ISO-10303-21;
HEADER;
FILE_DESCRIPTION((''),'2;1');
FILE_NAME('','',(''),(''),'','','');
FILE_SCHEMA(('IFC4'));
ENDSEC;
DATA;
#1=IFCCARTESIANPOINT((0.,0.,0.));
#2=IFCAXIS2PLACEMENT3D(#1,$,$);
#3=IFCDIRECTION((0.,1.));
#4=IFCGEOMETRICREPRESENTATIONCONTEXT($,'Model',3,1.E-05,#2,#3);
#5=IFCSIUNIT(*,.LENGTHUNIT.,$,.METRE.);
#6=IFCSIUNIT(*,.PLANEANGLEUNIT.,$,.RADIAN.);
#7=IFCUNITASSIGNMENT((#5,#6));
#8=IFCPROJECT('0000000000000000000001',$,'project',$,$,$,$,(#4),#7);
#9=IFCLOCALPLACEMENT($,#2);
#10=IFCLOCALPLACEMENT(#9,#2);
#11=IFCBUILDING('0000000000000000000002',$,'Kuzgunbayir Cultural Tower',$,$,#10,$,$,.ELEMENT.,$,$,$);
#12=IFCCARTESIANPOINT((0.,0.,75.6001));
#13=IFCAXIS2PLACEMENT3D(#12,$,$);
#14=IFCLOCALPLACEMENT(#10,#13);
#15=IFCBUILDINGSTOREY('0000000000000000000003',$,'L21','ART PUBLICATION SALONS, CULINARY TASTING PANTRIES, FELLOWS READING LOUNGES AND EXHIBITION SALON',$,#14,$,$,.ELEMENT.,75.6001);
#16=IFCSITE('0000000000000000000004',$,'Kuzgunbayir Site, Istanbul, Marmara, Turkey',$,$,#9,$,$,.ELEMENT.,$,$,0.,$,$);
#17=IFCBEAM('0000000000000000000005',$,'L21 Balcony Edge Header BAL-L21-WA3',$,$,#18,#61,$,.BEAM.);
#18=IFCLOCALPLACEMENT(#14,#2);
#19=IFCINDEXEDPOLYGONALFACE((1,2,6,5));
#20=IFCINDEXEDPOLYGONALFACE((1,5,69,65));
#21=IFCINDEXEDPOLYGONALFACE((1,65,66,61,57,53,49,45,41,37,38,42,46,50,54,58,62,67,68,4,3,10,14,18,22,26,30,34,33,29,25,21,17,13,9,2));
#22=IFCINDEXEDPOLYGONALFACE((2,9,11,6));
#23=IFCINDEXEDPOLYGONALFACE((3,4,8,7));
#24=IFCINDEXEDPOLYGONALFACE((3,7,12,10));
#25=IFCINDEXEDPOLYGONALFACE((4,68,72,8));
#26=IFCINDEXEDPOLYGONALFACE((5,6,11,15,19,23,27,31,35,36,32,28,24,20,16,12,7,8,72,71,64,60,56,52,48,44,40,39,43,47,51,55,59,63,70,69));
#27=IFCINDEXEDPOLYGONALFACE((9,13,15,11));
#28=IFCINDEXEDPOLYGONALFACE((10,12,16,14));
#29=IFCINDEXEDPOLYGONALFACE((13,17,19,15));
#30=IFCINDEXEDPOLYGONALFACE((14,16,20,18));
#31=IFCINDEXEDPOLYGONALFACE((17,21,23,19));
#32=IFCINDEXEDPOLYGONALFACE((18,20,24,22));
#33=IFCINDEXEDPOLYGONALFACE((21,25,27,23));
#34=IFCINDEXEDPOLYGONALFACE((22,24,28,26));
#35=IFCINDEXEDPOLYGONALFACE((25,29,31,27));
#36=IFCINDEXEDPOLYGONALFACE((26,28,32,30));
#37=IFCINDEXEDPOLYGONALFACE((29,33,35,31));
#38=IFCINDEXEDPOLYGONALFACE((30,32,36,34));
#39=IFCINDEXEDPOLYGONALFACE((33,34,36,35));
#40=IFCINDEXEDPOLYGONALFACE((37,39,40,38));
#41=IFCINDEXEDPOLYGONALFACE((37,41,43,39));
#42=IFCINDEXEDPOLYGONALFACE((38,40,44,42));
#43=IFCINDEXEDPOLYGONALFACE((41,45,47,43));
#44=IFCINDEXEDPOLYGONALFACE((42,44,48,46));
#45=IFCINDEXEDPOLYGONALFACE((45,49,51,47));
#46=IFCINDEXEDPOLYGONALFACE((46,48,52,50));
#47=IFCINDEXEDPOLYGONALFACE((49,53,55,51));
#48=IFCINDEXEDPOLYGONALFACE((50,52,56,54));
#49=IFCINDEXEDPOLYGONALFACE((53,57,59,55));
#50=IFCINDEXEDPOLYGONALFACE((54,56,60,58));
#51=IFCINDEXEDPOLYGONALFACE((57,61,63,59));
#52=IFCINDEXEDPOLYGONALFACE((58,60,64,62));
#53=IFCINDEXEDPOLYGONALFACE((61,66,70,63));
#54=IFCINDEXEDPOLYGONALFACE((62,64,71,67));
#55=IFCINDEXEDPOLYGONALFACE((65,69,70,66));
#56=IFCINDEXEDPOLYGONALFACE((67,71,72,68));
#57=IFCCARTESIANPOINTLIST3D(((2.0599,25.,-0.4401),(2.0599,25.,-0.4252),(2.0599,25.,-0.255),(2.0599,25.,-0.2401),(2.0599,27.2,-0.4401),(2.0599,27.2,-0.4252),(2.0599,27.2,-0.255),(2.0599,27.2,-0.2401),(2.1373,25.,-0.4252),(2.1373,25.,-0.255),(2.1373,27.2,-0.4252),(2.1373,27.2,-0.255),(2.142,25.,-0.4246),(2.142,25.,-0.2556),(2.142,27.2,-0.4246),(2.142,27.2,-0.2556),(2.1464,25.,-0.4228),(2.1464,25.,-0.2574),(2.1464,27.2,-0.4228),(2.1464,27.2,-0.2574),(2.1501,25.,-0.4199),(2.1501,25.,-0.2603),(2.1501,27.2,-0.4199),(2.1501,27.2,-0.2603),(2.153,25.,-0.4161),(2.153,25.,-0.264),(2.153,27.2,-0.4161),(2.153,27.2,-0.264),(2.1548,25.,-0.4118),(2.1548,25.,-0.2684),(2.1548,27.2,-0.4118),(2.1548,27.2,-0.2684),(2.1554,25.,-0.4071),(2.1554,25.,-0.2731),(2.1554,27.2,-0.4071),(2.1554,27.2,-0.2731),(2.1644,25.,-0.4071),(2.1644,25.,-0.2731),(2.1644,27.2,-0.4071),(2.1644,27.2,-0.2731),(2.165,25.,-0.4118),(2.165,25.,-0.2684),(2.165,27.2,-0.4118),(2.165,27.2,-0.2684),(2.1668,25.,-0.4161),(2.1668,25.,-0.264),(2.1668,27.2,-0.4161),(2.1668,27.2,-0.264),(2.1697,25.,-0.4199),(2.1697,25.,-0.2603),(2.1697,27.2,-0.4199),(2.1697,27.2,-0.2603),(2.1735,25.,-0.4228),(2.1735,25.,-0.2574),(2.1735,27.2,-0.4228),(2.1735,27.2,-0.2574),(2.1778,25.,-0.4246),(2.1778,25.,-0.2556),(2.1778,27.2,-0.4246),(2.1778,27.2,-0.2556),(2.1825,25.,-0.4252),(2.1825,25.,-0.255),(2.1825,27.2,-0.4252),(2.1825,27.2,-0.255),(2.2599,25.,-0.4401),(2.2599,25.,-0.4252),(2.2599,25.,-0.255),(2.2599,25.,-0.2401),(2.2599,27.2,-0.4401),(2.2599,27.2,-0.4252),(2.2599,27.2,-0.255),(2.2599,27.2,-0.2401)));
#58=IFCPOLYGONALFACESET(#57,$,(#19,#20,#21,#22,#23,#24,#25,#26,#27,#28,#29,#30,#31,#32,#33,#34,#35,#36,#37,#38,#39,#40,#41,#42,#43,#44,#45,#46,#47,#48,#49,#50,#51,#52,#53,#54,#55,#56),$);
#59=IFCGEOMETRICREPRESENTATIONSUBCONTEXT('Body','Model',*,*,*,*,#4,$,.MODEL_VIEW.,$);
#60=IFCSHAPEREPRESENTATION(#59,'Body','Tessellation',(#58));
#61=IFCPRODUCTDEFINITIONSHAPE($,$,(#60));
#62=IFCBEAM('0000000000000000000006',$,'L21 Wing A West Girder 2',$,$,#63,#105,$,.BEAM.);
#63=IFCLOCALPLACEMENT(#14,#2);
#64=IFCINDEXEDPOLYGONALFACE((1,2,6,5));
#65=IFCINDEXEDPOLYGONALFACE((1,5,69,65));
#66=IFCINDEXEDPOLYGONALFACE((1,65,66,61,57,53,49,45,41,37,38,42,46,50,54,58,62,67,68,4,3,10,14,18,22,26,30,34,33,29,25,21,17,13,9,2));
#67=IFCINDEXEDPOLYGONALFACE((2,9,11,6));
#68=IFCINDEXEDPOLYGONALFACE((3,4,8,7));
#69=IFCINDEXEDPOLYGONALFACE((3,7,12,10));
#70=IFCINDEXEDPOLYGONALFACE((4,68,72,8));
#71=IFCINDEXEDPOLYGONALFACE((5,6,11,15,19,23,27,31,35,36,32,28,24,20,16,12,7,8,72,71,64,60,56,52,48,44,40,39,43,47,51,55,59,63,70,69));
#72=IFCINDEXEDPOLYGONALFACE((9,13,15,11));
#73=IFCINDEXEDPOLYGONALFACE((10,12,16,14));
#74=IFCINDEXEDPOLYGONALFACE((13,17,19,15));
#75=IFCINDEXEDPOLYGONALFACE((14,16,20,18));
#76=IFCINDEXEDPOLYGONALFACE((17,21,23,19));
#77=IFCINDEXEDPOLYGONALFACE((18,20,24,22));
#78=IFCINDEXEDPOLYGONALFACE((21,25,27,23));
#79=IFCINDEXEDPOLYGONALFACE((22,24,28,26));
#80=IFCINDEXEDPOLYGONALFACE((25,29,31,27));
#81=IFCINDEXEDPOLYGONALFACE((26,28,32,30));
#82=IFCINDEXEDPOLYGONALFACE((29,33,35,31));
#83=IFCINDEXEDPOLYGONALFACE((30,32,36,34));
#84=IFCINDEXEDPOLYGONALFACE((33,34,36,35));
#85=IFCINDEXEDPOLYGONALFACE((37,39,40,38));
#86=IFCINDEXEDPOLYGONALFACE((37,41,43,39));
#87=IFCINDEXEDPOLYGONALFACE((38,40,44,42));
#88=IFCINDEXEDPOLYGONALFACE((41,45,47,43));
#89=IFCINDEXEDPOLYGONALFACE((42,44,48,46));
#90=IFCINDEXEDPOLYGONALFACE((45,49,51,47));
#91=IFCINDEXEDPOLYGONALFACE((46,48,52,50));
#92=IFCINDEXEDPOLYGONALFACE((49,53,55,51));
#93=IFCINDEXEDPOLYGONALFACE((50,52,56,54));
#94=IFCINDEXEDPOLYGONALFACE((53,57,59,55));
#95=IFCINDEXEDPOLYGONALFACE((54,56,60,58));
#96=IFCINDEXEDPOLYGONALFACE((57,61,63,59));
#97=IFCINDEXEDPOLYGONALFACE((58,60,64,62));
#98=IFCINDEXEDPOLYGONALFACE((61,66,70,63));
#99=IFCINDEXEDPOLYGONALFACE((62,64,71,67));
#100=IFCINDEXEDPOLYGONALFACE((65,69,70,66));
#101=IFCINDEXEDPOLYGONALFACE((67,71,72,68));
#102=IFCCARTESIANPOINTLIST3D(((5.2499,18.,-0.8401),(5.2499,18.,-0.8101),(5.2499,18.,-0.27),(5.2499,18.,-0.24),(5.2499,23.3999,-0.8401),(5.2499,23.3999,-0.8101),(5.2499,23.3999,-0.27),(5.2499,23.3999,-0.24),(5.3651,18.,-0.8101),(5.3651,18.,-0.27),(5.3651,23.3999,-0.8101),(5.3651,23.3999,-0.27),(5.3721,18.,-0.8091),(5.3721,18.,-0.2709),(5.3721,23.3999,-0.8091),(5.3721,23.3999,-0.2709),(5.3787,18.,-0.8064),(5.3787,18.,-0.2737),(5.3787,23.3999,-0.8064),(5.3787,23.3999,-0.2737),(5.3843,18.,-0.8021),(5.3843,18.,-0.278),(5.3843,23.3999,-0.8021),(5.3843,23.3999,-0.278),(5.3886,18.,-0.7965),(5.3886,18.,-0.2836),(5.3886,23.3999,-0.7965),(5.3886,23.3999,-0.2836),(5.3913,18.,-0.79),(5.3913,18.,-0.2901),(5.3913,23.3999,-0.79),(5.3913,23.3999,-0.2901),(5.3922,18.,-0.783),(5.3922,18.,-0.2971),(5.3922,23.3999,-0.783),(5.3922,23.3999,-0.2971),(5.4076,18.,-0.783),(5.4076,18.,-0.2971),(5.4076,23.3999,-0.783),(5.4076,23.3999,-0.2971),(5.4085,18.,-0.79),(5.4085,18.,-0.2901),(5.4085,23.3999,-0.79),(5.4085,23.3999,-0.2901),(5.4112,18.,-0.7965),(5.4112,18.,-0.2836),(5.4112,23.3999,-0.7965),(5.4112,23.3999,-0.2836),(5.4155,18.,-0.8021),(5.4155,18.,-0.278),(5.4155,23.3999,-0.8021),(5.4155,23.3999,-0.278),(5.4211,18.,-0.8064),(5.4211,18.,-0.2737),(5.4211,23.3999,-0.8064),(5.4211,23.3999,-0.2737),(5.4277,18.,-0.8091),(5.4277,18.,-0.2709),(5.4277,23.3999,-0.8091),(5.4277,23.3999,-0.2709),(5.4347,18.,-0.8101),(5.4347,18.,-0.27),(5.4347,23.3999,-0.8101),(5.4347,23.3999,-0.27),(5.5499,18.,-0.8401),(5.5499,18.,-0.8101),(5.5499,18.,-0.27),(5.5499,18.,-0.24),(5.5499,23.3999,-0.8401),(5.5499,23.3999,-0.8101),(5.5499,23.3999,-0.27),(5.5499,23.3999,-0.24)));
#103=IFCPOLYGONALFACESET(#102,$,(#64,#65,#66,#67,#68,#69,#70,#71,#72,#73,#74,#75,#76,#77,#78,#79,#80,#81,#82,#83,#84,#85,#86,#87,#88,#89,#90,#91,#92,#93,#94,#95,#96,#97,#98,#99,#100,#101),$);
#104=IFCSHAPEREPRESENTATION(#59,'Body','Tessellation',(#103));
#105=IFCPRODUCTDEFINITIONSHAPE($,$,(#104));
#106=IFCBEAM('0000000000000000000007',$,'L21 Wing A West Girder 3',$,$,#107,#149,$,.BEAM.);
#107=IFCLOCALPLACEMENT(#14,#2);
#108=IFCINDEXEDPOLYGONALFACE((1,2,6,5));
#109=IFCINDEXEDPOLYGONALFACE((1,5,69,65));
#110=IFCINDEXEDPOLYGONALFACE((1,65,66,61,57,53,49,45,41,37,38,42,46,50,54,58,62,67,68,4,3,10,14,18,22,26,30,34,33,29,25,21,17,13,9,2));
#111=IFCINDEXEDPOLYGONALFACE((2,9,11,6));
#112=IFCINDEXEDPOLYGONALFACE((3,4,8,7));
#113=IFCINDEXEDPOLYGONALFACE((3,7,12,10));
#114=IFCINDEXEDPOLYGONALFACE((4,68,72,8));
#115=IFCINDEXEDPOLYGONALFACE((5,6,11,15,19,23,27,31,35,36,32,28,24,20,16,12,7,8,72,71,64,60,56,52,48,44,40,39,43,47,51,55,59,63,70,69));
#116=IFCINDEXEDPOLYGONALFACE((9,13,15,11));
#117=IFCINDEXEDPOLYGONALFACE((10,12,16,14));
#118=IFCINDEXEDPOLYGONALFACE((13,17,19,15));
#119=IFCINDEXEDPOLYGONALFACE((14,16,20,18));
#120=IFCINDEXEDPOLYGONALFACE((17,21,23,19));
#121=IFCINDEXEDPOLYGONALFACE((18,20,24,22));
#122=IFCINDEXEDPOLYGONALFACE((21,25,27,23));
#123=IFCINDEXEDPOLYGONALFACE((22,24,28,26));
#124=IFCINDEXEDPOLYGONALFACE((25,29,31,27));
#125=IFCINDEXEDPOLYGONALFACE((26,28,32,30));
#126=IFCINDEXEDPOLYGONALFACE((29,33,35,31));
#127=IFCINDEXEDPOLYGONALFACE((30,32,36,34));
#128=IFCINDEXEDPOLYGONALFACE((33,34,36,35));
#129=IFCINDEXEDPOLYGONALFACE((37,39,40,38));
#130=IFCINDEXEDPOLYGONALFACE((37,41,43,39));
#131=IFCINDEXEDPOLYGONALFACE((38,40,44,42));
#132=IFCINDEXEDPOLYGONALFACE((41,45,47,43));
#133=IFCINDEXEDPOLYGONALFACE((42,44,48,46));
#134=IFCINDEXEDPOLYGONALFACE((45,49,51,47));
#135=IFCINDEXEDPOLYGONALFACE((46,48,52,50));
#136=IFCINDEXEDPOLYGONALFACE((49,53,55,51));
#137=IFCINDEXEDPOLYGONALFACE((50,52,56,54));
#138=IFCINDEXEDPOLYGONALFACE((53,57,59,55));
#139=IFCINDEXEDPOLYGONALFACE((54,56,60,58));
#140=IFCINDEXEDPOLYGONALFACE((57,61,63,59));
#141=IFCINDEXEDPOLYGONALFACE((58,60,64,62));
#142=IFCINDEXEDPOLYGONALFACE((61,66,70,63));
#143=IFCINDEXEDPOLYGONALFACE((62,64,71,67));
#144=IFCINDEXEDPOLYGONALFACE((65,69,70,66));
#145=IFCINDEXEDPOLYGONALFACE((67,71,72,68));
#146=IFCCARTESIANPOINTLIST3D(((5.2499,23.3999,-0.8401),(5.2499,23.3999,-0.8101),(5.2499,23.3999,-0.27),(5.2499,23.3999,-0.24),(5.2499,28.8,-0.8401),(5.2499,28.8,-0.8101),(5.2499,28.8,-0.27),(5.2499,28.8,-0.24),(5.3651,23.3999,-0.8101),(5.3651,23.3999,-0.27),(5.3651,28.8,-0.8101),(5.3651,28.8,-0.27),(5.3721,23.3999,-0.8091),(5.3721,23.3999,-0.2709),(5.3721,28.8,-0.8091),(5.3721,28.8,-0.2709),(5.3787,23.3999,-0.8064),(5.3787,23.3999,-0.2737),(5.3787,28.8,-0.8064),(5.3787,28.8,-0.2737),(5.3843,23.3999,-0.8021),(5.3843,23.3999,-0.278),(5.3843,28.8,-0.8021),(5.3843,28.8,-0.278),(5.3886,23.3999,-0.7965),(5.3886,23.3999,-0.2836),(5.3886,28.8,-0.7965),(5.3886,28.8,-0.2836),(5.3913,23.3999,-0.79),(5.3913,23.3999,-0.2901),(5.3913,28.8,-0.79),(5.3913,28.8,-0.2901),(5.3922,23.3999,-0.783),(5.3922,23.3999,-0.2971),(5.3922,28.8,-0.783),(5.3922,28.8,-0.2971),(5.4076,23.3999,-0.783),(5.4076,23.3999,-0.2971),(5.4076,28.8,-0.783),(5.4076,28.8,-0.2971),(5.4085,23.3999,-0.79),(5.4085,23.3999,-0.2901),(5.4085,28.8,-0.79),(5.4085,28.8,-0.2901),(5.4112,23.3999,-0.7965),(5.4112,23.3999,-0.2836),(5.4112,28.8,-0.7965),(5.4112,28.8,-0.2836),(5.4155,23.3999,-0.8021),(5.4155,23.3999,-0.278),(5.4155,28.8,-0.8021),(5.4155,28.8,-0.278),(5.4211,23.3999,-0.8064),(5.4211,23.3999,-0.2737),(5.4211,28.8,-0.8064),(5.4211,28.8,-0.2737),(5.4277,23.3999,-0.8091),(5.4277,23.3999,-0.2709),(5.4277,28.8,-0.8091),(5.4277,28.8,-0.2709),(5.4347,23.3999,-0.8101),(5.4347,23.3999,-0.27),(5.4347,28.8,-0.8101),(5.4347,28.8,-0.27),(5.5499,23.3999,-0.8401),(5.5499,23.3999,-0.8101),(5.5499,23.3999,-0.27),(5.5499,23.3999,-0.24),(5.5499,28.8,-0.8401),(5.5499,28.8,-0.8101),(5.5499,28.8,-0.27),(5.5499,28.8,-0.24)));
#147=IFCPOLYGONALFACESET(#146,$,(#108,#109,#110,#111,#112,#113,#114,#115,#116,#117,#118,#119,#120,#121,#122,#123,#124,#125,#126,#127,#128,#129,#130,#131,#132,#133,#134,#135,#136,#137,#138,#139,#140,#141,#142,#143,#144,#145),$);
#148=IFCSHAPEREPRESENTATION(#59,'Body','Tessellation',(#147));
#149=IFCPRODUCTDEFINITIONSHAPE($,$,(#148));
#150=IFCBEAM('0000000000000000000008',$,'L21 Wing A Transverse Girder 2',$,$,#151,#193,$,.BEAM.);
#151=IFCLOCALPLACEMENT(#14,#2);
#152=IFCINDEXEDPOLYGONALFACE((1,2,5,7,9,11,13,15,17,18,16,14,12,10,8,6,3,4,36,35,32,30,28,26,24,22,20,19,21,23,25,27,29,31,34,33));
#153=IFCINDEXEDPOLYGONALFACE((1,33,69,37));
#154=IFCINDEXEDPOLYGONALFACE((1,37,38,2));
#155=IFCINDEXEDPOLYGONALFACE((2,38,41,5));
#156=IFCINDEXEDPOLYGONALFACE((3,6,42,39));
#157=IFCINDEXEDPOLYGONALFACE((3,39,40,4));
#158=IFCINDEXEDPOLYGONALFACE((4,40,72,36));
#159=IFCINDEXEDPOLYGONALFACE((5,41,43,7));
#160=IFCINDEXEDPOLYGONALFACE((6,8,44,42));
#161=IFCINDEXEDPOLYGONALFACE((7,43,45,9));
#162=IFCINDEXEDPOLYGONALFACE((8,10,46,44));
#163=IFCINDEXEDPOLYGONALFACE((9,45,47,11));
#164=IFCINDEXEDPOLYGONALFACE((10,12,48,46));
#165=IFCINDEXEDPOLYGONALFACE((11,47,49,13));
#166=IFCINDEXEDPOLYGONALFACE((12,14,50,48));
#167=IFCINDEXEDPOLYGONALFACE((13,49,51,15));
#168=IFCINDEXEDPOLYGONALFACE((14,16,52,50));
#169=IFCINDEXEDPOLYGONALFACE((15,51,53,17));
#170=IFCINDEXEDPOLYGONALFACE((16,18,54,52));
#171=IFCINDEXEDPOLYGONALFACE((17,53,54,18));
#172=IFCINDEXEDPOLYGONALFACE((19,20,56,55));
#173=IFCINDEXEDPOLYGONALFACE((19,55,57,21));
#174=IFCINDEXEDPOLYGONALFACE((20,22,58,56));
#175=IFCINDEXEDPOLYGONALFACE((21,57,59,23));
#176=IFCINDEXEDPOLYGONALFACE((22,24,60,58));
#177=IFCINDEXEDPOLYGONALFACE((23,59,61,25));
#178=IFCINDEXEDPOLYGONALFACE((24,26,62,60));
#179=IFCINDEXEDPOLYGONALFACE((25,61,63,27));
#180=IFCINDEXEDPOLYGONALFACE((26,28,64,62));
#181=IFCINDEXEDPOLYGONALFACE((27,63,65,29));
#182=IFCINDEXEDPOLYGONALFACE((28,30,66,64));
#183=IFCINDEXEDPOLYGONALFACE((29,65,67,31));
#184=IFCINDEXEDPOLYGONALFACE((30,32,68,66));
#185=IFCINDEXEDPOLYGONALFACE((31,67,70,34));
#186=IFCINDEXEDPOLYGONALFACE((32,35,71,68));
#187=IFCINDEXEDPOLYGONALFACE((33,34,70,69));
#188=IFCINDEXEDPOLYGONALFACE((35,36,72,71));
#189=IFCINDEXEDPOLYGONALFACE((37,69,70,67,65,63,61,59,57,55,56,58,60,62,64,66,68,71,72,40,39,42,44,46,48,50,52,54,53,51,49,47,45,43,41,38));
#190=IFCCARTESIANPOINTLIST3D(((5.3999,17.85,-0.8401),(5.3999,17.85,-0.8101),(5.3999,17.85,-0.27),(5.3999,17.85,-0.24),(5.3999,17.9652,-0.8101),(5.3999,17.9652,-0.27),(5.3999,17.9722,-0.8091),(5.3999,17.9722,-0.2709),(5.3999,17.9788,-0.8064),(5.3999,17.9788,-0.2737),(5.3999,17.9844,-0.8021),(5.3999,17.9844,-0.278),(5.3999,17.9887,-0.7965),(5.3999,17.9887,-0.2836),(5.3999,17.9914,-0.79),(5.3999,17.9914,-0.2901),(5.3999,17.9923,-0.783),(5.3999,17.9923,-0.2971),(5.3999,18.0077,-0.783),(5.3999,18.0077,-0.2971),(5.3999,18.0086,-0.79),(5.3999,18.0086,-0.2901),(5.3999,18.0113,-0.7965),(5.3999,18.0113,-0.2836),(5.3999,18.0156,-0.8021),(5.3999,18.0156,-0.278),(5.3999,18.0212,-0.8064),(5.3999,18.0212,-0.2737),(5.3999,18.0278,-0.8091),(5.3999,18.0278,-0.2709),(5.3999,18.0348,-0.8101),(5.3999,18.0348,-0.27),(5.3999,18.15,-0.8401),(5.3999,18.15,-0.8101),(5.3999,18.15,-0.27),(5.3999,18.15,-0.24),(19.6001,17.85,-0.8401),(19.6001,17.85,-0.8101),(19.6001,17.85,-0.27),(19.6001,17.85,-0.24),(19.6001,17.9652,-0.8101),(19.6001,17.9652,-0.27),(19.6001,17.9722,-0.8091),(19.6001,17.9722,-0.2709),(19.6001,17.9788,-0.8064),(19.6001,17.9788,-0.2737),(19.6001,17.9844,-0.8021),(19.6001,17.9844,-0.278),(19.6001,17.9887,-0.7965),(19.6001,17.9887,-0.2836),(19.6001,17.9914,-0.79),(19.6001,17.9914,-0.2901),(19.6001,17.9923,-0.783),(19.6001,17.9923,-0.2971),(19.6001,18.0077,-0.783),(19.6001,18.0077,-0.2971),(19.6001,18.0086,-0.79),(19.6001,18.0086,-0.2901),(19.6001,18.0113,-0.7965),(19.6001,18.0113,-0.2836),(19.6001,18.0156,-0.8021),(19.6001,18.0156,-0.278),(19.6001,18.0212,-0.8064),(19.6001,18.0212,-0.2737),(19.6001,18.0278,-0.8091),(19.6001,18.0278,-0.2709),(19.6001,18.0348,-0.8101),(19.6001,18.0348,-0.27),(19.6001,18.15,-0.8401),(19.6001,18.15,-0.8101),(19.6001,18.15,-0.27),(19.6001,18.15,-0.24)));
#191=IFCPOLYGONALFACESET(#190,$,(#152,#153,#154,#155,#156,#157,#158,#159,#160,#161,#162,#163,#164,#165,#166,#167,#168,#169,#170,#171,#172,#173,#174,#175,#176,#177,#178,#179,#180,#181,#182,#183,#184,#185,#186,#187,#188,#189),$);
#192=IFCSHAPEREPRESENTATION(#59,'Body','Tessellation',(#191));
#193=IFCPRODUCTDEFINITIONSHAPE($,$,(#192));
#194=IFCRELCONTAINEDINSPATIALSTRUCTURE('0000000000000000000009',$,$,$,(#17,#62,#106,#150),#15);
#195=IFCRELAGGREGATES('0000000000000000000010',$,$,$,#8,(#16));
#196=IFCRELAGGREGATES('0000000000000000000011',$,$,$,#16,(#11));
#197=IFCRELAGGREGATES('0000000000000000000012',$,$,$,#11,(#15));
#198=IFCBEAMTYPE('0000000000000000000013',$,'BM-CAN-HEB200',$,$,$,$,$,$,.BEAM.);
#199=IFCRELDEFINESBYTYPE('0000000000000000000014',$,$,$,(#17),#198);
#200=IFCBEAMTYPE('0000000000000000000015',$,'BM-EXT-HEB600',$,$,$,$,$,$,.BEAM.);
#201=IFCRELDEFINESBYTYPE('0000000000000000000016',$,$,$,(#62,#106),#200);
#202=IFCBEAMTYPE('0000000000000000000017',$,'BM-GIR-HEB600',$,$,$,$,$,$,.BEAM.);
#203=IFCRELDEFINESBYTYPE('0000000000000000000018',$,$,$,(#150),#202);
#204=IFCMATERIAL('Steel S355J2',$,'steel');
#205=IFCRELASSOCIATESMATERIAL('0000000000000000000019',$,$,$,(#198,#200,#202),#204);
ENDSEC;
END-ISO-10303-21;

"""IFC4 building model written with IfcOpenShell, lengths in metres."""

from ifc_helpers import new_model, si_unit, direction, frame, origin, origin_2d, place, context, subcontext, project, spatial, i_section, extrude, material, material_profile, profile_set, type_object, element, save


model = new_model("IFC4")

# Units and contexts
model_context = context("Model", 3, precision=1e-05, world=origin(), true_north=direction((0.0, 1.0)))
body_context = subcontext(model_context, "Body", "Model", "MODEL_VIEW")
ifc_project = project(units=[si_unit("LENGTHUNIT", "METRE"), si_unit("PLANEANGLEUNIT", "RADIAN")], contexts=[model_context])

# Site, building, storey
site_placement = place(None, origin())
site = spatial("IfcSite", under=ifc_project, at=site_placement, Name="Kuzgunbayir Site, Istanbul, Marmara, Turkey", CompositionType="ELEMENT", RefElevation=0.0)
building_placement = place(site_placement, origin())
building = spatial("IfcBuilding", under=site, at=building_placement, Name="Kuzgunbayir Cultural Tower", CompositionType="ELEMENT")
storey_placement = place(building_placement, frame((0.0, 0.0, 75.6001)))
storey = spatial("IfcBuildingStorey", under=building, at=storey_placement, Name="L21", Description="ART PUBLICATION SALONS, CULINARY TASTING PANTRIES, FELLOWS READING LOUNGES AND EXHIBITION SALON", CompositionType="ELEMENT", Elevation=75.6001)

# Beams
ifc_material_1 = material(Name="Steel S355J2", Category="steel")
ifc_material_profile_1 = material_profile(ifc_material_1, i_section(OverallWidth=0.2, OverallDepth=0.2, WebThickness=0.009, FlangeThickness=0.0149, FilletRadius=0.0181, at=origin_2d()), Name="HEB 200")
ifc_profile_set_1 = profile_set([ifc_material_profile_1], Name="Steel S355J2")
beam_type_1 = type_object("IfcBeamType", Name="BM-CAN-HEB200", PredefinedType="BEAM", material=ifc_profile_set_1)
beam_1_placement = place(storey_placement, frame((2.1599, 25.0, -0.3401), z_axis=(0.0, 1.0, 0.0), x_axis=(-1.0, 0.0, 0.0)))
element("IfcBeam", 1, at=beam_1_placement, inside=storey, type_object=beam_type_1, Name="L21 Balcony Edge Header BAL-L21-WA3", PredefinedType="BEAM", context=body_context, shape_type="SweptSolid", body=[
    extrude(i_section(OverallWidth=0.2, OverallDepth=0.2, WebThickness=0.009, FlangeThickness=0.0149, FilletRadius=0.0181, at=origin_2d()), origin(), (0.0, 0.0, 1.0), 2.2),
])
ifc_material_profile_2 = material_profile(ifc_material_1, i_section(OverallWidth=0.3, OverallDepth=0.6001, WebThickness=0.0154, FlangeThickness=0.03, FilletRadius=0.0271, at=origin_2d()), Name="HEB 600")
ifc_profile_set_2 = profile_set([ifc_material_profile_2], Name="Steel S355J2")
beam_type_2 = type_object("IfcBeamType", Name="BM-EXT-HEB600", PredefinedType="BEAM", material=ifc_profile_set_2)
beam_2_placement = place(storey_placement, frame((5.3999, 18.0, -0.54), z_axis=(0.0, 1.0, 0.0), x_axis=(-1.0, 0.0, 0.0)))
element("IfcBeam", 2, at=beam_2_placement, inside=storey, type_object=beam_type_2, Name="L21 Wing A West Girder 2", PredefinedType="BEAM", context=body_context, shape_type="SweptSolid", body=[
    extrude(i_section(OverallWidth=0.3, OverallDepth=0.6001, WebThickness=0.0154, FlangeThickness=0.03, FilletRadius=0.0271, at=origin_2d()), origin(), (0.0, 0.0, 1.0), 5.3999),
])
beam_3_placement = place(storey_placement, frame((5.3999, 23.3999, -0.54), z_axis=(0.0, 1.0, 0.0), x_axis=(-1.0, 0.0, 0.0)))
element("IfcBeam", 3, at=beam_3_placement, inside=storey, type_object=beam_type_2, Name="L21 Wing A West Girder 3", PredefinedType="BEAM", context=body_context, shape_type="SweptSolid", body=[
    extrude(i_section(OverallWidth=0.3, OverallDepth=0.6001, WebThickness=0.0154, FlangeThickness=0.03, FilletRadius=0.0271, at=origin_2d()), origin(), (0.0, 0.0, 1.0), 5.4001),
])
ifc_material_profile_3 = material_profile(ifc_material_1, i_section(OverallWidth=0.3, OverallDepth=0.6001, WebThickness=0.0154, FlangeThickness=0.03, FilletRadius=0.0271, at=origin_2d()), Name="HEB 600")
ifc_profile_set_3 = profile_set([ifc_material_profile_3], Name="Steel S355J2")
beam_type_3 = type_object("IfcBeamType", Name="BM-GIR-HEB600", PredefinedType="BEAM", material=ifc_profile_set_3)
for number, where, z_axis, x_axis, name in (
    (4, (5.3999, 18.0, -0.54), (1.0, 0.0, 0.0), (0.0, 1.0, 0.0), "L21 Wing A Transverse Girder 2"),
):
    element("IfcBeam", number, at=place(storey_placement, frame(where, z_axis=z_axis, x_axis=x_axis)), inside=storey, type_object=beam_type_3, Name=name, PredefinedType="BEAM", context=body_context, shape_type="SweptSolid", body=[
        extrude(i_section(OverallWidth=0.3, OverallDepth=0.6001, WebThickness=0.0154, FlangeThickness=0.03, FilletRadius=0.0271, at=origin_2d()), origin(), (0.0, 0.0, 1.0), 14.2002),
    ])

save(model, "model.ifc")
